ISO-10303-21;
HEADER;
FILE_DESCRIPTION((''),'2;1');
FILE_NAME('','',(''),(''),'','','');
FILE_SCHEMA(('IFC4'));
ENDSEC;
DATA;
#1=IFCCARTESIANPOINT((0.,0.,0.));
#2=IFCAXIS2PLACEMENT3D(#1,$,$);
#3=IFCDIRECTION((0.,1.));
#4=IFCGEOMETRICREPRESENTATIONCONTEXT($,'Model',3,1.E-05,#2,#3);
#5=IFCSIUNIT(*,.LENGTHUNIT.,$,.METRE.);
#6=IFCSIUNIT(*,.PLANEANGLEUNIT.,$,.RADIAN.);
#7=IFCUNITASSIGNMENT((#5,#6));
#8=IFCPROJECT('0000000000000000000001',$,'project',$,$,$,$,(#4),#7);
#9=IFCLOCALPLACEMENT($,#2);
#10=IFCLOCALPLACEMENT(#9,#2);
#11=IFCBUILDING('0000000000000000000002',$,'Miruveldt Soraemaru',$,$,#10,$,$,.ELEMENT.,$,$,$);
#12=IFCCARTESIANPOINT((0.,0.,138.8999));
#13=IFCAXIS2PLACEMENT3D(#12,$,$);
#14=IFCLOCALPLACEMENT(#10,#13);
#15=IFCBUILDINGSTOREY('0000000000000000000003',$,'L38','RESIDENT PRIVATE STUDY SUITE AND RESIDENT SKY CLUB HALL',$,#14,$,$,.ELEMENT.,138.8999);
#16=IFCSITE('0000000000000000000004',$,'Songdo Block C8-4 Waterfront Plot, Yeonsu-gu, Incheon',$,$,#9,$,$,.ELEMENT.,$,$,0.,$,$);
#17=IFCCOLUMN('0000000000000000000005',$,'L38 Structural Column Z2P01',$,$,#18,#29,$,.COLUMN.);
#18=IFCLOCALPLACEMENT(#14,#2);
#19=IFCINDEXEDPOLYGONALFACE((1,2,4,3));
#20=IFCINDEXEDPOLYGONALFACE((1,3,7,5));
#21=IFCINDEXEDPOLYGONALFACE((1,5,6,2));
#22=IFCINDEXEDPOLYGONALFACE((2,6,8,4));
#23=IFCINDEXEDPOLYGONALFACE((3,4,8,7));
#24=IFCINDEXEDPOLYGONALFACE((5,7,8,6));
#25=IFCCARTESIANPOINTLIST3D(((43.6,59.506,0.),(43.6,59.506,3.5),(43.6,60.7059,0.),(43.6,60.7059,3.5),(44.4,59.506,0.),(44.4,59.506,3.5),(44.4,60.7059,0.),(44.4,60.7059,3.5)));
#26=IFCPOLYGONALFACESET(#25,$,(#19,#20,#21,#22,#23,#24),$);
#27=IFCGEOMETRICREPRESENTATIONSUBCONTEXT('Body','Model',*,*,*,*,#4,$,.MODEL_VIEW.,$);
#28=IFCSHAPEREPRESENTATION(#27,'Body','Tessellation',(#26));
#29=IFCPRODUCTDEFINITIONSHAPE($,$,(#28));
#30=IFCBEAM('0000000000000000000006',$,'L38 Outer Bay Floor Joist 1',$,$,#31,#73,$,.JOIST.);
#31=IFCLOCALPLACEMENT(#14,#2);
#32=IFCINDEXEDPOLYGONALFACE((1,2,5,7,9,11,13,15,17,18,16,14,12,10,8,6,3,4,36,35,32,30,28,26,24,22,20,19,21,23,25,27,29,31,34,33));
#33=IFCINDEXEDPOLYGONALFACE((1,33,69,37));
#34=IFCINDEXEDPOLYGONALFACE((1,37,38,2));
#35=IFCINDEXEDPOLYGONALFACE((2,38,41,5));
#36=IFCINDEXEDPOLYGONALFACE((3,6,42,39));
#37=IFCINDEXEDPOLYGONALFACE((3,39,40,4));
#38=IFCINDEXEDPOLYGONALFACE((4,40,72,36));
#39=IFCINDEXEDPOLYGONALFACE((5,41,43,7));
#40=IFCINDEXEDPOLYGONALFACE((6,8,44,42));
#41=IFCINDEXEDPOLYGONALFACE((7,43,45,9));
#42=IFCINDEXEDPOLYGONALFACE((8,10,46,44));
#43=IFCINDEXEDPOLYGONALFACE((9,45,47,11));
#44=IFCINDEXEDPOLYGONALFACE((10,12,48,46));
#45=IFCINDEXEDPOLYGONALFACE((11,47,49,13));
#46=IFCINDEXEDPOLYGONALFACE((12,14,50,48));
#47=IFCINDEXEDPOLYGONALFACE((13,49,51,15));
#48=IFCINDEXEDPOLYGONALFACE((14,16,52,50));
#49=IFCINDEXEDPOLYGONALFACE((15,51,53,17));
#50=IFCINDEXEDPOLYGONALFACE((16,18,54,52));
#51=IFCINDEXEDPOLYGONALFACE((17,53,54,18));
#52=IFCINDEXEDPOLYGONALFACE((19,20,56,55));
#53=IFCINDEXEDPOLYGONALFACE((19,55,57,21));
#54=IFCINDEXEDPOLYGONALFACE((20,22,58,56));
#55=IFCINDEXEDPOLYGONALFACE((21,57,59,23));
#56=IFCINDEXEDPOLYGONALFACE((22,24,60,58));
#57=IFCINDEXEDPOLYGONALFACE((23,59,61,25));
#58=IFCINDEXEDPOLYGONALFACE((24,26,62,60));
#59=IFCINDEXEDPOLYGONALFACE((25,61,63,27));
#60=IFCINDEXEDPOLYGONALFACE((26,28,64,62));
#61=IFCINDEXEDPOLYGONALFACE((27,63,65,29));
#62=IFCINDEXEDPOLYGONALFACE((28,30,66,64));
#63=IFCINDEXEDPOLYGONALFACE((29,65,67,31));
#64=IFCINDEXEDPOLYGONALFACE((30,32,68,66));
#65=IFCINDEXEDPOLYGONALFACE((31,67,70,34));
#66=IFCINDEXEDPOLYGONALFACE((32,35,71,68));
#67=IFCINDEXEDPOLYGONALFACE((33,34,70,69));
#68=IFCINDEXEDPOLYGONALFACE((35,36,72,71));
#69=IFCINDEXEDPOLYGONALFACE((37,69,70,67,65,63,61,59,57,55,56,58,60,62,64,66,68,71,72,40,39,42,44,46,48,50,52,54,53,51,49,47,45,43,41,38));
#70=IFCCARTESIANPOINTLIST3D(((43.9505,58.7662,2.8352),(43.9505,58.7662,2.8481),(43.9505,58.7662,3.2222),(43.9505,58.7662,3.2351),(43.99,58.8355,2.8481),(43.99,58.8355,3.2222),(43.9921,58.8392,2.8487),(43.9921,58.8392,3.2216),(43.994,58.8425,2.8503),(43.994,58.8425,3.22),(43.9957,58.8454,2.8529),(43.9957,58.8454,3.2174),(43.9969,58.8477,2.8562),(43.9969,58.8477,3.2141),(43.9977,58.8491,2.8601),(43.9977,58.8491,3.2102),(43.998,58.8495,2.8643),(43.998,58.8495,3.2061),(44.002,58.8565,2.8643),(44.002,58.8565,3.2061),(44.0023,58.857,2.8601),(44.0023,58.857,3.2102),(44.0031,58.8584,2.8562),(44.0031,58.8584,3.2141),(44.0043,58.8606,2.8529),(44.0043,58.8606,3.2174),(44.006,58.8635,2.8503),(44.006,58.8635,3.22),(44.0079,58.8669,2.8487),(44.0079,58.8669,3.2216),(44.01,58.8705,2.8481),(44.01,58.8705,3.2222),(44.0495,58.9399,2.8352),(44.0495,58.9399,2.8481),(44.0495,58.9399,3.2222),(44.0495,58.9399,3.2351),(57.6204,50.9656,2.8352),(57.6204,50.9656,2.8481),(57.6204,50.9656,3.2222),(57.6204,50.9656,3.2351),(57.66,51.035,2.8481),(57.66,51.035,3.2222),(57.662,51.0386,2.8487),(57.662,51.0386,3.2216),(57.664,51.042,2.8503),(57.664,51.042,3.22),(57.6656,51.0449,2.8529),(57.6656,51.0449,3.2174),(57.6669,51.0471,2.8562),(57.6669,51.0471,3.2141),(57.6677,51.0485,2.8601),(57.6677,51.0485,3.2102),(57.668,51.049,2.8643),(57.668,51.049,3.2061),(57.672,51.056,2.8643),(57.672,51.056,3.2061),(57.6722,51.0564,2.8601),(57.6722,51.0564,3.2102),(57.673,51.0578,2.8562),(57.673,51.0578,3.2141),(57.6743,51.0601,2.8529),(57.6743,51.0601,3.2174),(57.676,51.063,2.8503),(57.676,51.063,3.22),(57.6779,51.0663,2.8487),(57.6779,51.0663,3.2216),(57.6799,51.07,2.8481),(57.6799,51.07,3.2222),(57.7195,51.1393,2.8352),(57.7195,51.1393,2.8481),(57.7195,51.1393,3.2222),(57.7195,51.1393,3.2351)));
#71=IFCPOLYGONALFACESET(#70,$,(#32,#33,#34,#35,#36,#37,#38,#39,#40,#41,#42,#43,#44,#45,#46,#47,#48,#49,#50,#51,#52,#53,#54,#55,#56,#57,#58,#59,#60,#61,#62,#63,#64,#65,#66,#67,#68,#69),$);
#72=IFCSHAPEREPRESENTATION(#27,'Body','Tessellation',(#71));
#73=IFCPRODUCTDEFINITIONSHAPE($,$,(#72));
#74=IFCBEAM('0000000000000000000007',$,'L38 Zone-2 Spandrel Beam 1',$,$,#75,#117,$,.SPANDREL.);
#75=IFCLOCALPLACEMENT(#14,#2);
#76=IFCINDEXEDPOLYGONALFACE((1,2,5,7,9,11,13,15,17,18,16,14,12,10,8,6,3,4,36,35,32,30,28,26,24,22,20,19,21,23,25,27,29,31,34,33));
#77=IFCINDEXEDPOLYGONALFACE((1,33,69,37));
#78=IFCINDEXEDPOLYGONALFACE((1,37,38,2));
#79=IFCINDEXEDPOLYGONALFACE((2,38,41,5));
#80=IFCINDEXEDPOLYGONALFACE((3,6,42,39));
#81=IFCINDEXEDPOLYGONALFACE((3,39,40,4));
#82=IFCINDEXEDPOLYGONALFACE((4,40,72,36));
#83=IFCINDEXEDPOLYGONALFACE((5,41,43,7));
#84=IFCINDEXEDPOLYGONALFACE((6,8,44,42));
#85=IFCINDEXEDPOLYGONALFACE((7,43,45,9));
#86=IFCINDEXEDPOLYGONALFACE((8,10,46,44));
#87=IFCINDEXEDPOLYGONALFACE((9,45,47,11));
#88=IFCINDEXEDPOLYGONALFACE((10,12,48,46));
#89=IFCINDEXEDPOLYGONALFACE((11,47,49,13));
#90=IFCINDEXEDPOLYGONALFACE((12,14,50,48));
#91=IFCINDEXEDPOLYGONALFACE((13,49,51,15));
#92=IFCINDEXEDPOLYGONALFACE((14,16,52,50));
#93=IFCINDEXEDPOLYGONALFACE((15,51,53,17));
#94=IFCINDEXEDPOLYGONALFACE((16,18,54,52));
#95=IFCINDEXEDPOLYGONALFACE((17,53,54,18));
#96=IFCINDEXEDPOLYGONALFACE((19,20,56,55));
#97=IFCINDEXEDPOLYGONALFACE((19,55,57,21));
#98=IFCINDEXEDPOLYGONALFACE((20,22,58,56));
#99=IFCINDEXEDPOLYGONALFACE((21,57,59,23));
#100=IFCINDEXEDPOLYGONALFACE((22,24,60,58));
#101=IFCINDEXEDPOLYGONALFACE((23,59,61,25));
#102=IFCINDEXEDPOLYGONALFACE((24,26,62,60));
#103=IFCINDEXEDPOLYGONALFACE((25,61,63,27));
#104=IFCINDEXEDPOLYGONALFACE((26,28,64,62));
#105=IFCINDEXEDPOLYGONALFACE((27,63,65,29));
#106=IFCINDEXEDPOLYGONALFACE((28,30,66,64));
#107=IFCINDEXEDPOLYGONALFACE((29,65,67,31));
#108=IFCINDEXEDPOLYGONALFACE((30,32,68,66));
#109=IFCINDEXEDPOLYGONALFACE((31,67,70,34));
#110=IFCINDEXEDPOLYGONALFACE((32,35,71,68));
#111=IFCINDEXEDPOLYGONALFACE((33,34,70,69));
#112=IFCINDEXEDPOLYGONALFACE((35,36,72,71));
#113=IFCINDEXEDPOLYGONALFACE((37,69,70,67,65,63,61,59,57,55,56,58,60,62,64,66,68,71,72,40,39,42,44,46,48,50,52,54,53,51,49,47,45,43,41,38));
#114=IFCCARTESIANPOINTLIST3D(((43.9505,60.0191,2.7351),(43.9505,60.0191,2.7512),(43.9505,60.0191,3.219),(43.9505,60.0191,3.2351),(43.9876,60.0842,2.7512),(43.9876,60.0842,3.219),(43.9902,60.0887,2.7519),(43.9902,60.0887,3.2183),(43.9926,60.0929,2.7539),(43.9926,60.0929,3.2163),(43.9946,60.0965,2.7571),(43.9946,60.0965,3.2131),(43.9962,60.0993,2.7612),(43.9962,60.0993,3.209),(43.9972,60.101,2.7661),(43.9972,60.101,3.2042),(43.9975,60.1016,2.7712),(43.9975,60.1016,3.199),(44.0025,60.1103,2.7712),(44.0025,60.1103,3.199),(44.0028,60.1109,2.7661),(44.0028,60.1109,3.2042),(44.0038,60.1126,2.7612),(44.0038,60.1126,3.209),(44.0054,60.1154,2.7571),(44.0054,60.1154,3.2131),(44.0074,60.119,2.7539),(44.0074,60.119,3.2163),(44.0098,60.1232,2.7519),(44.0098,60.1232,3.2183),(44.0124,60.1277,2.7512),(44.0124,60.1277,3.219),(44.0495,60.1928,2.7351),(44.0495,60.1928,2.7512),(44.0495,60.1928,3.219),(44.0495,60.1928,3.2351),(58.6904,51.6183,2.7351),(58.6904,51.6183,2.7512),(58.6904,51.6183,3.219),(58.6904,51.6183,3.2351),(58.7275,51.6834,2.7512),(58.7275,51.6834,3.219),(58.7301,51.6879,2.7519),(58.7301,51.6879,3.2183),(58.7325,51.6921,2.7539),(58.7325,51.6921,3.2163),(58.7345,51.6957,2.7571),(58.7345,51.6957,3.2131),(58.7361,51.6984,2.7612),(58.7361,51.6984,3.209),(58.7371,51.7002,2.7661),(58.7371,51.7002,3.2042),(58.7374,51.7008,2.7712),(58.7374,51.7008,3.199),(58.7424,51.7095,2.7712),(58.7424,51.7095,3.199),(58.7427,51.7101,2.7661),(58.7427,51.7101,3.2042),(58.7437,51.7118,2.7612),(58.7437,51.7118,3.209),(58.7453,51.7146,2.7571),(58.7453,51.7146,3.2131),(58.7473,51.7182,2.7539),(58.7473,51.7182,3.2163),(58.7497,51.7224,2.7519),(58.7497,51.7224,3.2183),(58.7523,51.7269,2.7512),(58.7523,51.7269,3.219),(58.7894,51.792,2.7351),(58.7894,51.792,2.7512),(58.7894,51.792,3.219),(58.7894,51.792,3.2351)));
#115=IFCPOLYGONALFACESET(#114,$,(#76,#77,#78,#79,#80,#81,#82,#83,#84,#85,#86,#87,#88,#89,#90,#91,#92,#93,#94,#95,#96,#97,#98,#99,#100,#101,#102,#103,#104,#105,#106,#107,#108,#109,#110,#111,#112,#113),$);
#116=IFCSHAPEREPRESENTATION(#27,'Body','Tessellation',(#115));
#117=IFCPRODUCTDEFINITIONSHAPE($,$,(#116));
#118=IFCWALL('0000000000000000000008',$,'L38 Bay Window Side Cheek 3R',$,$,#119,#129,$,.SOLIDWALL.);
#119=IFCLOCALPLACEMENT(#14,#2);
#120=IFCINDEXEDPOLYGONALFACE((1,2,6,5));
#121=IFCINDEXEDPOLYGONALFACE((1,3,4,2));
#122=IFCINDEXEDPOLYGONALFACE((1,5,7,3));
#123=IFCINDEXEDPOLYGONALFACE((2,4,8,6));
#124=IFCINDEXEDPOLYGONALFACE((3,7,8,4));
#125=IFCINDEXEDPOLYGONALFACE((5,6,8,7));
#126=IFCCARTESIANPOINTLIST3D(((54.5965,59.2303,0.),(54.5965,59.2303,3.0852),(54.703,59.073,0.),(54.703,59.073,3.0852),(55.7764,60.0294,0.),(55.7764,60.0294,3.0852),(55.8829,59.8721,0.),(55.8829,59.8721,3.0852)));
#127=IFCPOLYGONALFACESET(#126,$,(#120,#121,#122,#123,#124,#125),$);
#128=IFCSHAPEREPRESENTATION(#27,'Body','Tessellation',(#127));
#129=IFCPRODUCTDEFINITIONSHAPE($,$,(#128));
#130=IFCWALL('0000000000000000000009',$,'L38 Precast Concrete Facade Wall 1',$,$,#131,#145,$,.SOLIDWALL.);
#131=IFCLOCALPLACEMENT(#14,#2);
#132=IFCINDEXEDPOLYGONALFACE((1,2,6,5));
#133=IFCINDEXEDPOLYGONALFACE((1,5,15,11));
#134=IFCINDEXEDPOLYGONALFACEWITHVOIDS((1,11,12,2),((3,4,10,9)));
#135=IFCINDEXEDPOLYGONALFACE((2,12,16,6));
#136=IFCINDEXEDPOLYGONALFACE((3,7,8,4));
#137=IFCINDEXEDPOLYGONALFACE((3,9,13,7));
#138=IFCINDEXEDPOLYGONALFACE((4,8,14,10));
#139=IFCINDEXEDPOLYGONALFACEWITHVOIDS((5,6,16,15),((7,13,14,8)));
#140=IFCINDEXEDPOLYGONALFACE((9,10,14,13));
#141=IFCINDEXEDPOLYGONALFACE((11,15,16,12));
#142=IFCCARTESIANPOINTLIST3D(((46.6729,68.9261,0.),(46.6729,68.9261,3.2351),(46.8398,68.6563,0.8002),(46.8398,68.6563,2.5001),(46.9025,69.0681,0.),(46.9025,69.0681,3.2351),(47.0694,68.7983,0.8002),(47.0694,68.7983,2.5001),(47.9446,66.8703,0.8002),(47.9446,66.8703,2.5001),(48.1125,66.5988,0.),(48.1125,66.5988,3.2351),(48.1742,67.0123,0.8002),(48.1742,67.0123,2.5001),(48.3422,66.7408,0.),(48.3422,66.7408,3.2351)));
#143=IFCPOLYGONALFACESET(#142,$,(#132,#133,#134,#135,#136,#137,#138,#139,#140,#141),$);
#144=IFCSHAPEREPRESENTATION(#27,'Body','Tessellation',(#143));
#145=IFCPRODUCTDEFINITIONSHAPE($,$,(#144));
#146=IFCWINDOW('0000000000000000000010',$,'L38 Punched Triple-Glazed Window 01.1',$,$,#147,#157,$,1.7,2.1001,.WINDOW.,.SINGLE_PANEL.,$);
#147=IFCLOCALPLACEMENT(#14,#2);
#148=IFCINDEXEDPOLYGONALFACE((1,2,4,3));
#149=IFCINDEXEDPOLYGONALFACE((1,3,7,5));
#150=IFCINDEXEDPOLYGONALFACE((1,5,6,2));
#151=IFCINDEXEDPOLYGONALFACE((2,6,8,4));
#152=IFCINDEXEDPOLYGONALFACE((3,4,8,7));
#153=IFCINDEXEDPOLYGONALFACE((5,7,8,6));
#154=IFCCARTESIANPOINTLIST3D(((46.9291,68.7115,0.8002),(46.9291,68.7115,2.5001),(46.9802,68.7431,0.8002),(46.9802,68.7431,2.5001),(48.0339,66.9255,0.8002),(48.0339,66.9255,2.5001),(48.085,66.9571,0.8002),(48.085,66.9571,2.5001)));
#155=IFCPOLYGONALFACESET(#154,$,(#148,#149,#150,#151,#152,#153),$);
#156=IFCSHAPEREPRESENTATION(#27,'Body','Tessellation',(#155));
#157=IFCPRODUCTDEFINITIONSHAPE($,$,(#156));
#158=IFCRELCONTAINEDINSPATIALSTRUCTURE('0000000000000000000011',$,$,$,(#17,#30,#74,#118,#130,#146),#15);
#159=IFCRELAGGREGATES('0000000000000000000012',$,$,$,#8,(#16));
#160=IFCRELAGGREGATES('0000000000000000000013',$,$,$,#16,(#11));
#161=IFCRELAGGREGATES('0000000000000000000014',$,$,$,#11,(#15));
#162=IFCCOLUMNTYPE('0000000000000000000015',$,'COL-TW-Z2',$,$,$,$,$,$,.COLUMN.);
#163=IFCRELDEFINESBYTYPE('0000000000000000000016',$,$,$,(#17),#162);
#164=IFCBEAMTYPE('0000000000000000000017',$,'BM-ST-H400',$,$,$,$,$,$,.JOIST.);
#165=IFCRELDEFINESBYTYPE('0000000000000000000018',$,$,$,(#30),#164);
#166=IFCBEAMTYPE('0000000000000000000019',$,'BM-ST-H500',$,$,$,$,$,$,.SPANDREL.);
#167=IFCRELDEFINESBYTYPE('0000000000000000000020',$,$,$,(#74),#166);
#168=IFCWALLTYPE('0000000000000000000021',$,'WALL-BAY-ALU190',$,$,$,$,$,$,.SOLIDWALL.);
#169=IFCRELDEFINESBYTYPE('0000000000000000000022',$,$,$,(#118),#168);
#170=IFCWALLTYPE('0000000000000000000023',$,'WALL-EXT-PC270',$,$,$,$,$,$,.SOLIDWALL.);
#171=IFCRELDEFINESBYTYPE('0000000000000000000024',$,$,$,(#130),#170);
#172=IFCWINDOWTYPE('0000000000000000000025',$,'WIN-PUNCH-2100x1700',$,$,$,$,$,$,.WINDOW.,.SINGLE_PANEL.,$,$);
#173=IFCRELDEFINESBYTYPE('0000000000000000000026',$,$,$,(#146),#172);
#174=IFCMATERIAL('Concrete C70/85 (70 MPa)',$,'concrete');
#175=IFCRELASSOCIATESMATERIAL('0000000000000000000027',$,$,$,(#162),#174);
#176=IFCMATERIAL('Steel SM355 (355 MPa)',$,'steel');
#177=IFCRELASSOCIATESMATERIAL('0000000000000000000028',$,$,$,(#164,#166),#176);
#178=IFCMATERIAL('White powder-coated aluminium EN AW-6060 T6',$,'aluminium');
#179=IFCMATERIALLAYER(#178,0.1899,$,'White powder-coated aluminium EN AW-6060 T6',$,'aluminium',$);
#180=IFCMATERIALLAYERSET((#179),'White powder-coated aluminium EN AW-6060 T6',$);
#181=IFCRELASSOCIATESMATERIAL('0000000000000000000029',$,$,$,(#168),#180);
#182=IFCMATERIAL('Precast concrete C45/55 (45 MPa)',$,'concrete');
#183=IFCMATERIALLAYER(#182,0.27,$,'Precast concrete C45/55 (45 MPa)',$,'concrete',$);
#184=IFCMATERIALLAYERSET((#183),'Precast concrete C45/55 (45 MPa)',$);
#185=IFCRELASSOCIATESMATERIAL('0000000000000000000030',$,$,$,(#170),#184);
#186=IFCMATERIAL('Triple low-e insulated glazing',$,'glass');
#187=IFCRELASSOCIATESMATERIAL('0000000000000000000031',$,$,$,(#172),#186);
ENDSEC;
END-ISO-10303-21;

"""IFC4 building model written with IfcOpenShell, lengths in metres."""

from ifc_helpers import new_model, si_unit, direction, frame, frame_2d, origin, origin_2d, place, context, subcontext, project, spatial, rectangle, i_section, extrude, material, layer, layer_set, material_profile, profile_set, type_object, element, fill, save


model = new_model("IFC4")

# Units and contexts
model_context = context("Model", 3, precision=1e-05, world=origin(), true_north=direction((0.0, 1.0)))
body_context = subcontext(model_context, "Body", "Model", "MODEL_VIEW")
ifc_project = project(units=[si_unit("LENGTHUNIT", "METRE"), si_unit("PLANEANGLEUNIT", "RADIAN")], contexts=[model_context])

# Site, building, storey
site_placement = place(None, origin())
site = spatial("IfcSite", under=ifc_project, at=site_placement, Name="Songdo Block C8-4 Waterfront Plot, Yeonsu-gu, Incheon", CompositionType="ELEMENT", RefElevation=0.0)
building_placement = place(site_placement, origin())
building = spatial("IfcBuilding", under=site, at=building_placement, Name="Miruveldt Soraemaru", CompositionType="ELEMENT")
storey_placement = place(building_placement, frame((0.0, 0.0, 138.8999)))
storey = spatial("IfcBuildingStorey", under=building, at=storey_placement, Name="L38", Description="RESIDENT PRIVATE STUDY SUITE AND RESIDENT SKY CLUB HALL", CompositionType="ELEMENT", Elevation=138.8999)

# Column
ifc_material_1 = material(Name="Concrete C70/85 (70 MPa)", Category="concrete")
ifc_material_profile_1 = material_profile(ifc_material_1, rectangle(XDim=1.2, YDim=0.8, at=origin_2d()), Name="Concrete C70/85 (70 MPa)", Category="concrete")
ifc_profile_set_1 = profile_set([ifc_material_profile_1], Name="Concrete C70/85 (70 MPa)")
column_type = type_object("IfcColumnType", Name="COL-TW-Z2", PredefinedType="COLUMN", material=ifc_profile_set_1)
column_placement = place(storey_placement, frame((44.0, 60.106, 0.0), z_axis=(0.0, 0.0, 1.0), x_axis=(0.0, 1.0, 0.0)))
element("IfcColumn", 1, at=column_placement, inside=storey, type_object=column_type, Name="L38 Structural Column Z2P01", PredefinedType="COLUMN", context=body_context, shape_type="SweptSolid", body=[
    extrude(rectangle(XDim=1.2, YDim=0.8, at=origin_2d()), origin(), (0.0, 0.0, 1.0), 3.5),
])

# Beams
ifc_material_2 = material(Name="Steel SM355 (355 MPa)", Category="steel")
ifc_material_profile_2 = material_profile(ifc_material_2, i_section(OverallWidth=0.2, OverallDepth=0.3999, WebThickness=0.0081, FlangeThickness=0.0129, FilletRadius=0.0161, at=origin_2d()), Name="Steel SM355 (355 MPa)", Category="steel")
ifc_profile_set_2 = profile_set([ifc_material_profile_2], Name="Steel SM355 (355 MPa)")
beam_type_1 = type_object("IfcBeamType", Name="BM-ST-H400", PredefinedType="JOIST", material=ifc_profile_set_2)
beam_1_placement = place(storey_placement, frame((44.0, 58.853, 3.0352), z_axis=(0.86854, -0.495619, 0.0), x_axis=(0.495619, 0.86854, 0.0)))
element("IfcBeam", 2, at=beam_1_placement, inside=storey, type_object=beam_type_1, Name="L38 Outer Bay Floor Joist 1", PredefinedType="JOIST", context=body_context, shape_type="SweptSolid", body=[
    extrude(i_section(OverallWidth=0.2, OverallDepth=0.3999, WebThickness=0.0081, FlangeThickness=0.0129, FilletRadius=0.0161, at=origin_2d()), origin(), (0.0, 0.0, 1.0), 15.739),
])
ifc_material_profile_3 = material_profile(ifc_material_2, i_section(OverallWidth=0.2, OverallDepth=0.5, WebThickness=0.01, FlangeThickness=0.0161, FilletRadius=0.02, at=origin_2d()), Name="Steel SM355 (355 MPa)", Category="steel")
ifc_profile_set_3 = profile_set([ifc_material_profile_3], Name="Steel SM355 (355 MPa)")
beam_type_2 = type_object("IfcBeamType", Name="BM-ST-H500", PredefinedType="SPANDREL", material=ifc_profile_set_3)
beam_2_placement = place(storey_placement, frame((44.0, 60.106, 2.9851), z_axis=(0.8688, -0.495162, 0.0), x_axis=(0.495162, 0.8688, 0.0)))
element("IfcBeam", 3, at=beam_2_placement, inside=storey, type_object=beam_type_2, Name="L38 Zone-2 Spandrel Beam 1", PredefinedType="SPANDREL", context=body_context, shape_type="SweptSolid", body=[
    extrude(i_section(OverallWidth=0.2, OverallDepth=0.5, WebThickness=0.01, FlangeThickness=0.0161, FilletRadius=0.02, at=origin_2d()), origin(), (0.0, 0.0, 1.0), 16.9658),
])

# Wall
ifc_material_3 = material(Name="White powder-coated aluminium EN AW-6060 T6", Category="aluminium")
ifc_layer_1 = layer(ifc_material_3, 0.1899, Name="White powder-coated aluminium EN AW-6060 T6", Category="aluminium")
ifc_layer_set_1 = layer_set([ifc_layer_1], Name="White powder-coated aluminium EN AW-6060 T6")
wall_type_1 = type_object("IfcWallType", Name="WALL-BAY-ALU190", PredefinedType="SOLIDWALL", material=ifc_layer_set_1)
wall_1_placement = place(storey_placement, frame((55.8296, 59.9507, 0.0), z_axis=(0.0, 0.0, 1.0), x_axis=(-0.827996, -0.560734, 0.0)))
element("IfcWall", 4, at=wall_1_placement, inside=storey, type_object=wall_type_1, Name="L38 Bay Window Side Cheek 3R", PredefinedType="SOLIDWALL", context=body_context, shape_type="SweptSolid", body=[
    extrude(rectangle(XDim=1.425, YDim=0.1899, at=frame_2d((0.7124, 0.0))), origin(), (0.0, 0.0, 1.0), 3.0852),
])

# Wall, opening, window
ifc_material_4 = material(Name="Precast concrete C45/55 (45 MPa)", Category="concrete")
ifc_layer_2 = layer(ifc_material_4, 0.27, Name="Precast concrete C45/55 (45 MPa)", Category="concrete")
ifc_layer_set_2 = layer_set([ifc_layer_2], Name="Precast concrete C45/55 (45 MPa)")
wall_type_2 = type_object("IfcWallType", Name="WALL-EXT-PC270", PredefinedType="SOLIDWALL", material=ifc_layer_set_2)
wall_2_placement = place(storey_placement, frame((48.2273, 66.6699, 0.0), z_axis=(0.0, 0.0, 1.0), x_axis=(-0.526072, 0.85044, 0.0)))
wall_2 = element("IfcWall", 5, at=wall_2_placement, inside=storey, type_object=wall_type_2, Name="L38 Precast Concrete Facade Wall 1", PredefinedType="SOLIDWALL", context=body_context, shape_type="SweptSolid", body=[
    extrude(rectangle(XDim=2.7366, YDim=0.27, at=frame_2d((1.3682, 0.0))), origin(), (0.0, 0.0, 1.0), 3.2351),
])
opening_1_placement = place(wall_2_placement, frame((0.3191, 0.0, 0.8)))
opening_1 = element("IfcOpeningElement", 6, at=opening_1_placement, cuts=wall_2, PredefinedType="OPENING", context=body_context, shape_type="SweptSolid", body=[
    extrude(rectangle(XDim=2.1001, YDim=1.7, at=frame_2d((1.05, 0.8501))), frame((0.0, 0.145, 0.0), z_axis=(0.0, -1.0, 0.0), x_axis=(1.0, 0.0, 0.0)), (0.0, 0.0, 1.0), 0.29),
])
ifc_material_5 = material(Name="Triple low-e insulated glazing", Category="glass")
window_type_1 = type_object("IfcWindowType", Name="WIN-PUNCH-2100x1700", PartitioningType="SINGLE_PANEL", PredefinedType="WINDOW", material=ifc_material_5)
window_1_placement = place(opening_1_placement, origin())
window_1 = element("IfcWindow", 7, at=window_1_placement, inside=storey, type_object=window_type_1, Name="L38 Punched Triple-Glazed Window 01.1", OverallHeight=1.7, OverallWidth=2.1001, PartitioningType="SINGLE_PANEL", PredefinedType="WINDOW", context=body_context, shape_type="SweptSolid", body=[
    extrude(rectangle(XDim=2.1001, YDim=1.7, at=frame_2d((1.05, 0.8501))), frame((0.0, 0.03, 0.0), z_axis=(0.0, -1.0, 0.0), x_axis=(1.0, 0.0, 0.0)), (0.0, 0.0, 1.0), 0.0601),
])
fill(opening_1, window_1)

save(model, "model.ifc")
